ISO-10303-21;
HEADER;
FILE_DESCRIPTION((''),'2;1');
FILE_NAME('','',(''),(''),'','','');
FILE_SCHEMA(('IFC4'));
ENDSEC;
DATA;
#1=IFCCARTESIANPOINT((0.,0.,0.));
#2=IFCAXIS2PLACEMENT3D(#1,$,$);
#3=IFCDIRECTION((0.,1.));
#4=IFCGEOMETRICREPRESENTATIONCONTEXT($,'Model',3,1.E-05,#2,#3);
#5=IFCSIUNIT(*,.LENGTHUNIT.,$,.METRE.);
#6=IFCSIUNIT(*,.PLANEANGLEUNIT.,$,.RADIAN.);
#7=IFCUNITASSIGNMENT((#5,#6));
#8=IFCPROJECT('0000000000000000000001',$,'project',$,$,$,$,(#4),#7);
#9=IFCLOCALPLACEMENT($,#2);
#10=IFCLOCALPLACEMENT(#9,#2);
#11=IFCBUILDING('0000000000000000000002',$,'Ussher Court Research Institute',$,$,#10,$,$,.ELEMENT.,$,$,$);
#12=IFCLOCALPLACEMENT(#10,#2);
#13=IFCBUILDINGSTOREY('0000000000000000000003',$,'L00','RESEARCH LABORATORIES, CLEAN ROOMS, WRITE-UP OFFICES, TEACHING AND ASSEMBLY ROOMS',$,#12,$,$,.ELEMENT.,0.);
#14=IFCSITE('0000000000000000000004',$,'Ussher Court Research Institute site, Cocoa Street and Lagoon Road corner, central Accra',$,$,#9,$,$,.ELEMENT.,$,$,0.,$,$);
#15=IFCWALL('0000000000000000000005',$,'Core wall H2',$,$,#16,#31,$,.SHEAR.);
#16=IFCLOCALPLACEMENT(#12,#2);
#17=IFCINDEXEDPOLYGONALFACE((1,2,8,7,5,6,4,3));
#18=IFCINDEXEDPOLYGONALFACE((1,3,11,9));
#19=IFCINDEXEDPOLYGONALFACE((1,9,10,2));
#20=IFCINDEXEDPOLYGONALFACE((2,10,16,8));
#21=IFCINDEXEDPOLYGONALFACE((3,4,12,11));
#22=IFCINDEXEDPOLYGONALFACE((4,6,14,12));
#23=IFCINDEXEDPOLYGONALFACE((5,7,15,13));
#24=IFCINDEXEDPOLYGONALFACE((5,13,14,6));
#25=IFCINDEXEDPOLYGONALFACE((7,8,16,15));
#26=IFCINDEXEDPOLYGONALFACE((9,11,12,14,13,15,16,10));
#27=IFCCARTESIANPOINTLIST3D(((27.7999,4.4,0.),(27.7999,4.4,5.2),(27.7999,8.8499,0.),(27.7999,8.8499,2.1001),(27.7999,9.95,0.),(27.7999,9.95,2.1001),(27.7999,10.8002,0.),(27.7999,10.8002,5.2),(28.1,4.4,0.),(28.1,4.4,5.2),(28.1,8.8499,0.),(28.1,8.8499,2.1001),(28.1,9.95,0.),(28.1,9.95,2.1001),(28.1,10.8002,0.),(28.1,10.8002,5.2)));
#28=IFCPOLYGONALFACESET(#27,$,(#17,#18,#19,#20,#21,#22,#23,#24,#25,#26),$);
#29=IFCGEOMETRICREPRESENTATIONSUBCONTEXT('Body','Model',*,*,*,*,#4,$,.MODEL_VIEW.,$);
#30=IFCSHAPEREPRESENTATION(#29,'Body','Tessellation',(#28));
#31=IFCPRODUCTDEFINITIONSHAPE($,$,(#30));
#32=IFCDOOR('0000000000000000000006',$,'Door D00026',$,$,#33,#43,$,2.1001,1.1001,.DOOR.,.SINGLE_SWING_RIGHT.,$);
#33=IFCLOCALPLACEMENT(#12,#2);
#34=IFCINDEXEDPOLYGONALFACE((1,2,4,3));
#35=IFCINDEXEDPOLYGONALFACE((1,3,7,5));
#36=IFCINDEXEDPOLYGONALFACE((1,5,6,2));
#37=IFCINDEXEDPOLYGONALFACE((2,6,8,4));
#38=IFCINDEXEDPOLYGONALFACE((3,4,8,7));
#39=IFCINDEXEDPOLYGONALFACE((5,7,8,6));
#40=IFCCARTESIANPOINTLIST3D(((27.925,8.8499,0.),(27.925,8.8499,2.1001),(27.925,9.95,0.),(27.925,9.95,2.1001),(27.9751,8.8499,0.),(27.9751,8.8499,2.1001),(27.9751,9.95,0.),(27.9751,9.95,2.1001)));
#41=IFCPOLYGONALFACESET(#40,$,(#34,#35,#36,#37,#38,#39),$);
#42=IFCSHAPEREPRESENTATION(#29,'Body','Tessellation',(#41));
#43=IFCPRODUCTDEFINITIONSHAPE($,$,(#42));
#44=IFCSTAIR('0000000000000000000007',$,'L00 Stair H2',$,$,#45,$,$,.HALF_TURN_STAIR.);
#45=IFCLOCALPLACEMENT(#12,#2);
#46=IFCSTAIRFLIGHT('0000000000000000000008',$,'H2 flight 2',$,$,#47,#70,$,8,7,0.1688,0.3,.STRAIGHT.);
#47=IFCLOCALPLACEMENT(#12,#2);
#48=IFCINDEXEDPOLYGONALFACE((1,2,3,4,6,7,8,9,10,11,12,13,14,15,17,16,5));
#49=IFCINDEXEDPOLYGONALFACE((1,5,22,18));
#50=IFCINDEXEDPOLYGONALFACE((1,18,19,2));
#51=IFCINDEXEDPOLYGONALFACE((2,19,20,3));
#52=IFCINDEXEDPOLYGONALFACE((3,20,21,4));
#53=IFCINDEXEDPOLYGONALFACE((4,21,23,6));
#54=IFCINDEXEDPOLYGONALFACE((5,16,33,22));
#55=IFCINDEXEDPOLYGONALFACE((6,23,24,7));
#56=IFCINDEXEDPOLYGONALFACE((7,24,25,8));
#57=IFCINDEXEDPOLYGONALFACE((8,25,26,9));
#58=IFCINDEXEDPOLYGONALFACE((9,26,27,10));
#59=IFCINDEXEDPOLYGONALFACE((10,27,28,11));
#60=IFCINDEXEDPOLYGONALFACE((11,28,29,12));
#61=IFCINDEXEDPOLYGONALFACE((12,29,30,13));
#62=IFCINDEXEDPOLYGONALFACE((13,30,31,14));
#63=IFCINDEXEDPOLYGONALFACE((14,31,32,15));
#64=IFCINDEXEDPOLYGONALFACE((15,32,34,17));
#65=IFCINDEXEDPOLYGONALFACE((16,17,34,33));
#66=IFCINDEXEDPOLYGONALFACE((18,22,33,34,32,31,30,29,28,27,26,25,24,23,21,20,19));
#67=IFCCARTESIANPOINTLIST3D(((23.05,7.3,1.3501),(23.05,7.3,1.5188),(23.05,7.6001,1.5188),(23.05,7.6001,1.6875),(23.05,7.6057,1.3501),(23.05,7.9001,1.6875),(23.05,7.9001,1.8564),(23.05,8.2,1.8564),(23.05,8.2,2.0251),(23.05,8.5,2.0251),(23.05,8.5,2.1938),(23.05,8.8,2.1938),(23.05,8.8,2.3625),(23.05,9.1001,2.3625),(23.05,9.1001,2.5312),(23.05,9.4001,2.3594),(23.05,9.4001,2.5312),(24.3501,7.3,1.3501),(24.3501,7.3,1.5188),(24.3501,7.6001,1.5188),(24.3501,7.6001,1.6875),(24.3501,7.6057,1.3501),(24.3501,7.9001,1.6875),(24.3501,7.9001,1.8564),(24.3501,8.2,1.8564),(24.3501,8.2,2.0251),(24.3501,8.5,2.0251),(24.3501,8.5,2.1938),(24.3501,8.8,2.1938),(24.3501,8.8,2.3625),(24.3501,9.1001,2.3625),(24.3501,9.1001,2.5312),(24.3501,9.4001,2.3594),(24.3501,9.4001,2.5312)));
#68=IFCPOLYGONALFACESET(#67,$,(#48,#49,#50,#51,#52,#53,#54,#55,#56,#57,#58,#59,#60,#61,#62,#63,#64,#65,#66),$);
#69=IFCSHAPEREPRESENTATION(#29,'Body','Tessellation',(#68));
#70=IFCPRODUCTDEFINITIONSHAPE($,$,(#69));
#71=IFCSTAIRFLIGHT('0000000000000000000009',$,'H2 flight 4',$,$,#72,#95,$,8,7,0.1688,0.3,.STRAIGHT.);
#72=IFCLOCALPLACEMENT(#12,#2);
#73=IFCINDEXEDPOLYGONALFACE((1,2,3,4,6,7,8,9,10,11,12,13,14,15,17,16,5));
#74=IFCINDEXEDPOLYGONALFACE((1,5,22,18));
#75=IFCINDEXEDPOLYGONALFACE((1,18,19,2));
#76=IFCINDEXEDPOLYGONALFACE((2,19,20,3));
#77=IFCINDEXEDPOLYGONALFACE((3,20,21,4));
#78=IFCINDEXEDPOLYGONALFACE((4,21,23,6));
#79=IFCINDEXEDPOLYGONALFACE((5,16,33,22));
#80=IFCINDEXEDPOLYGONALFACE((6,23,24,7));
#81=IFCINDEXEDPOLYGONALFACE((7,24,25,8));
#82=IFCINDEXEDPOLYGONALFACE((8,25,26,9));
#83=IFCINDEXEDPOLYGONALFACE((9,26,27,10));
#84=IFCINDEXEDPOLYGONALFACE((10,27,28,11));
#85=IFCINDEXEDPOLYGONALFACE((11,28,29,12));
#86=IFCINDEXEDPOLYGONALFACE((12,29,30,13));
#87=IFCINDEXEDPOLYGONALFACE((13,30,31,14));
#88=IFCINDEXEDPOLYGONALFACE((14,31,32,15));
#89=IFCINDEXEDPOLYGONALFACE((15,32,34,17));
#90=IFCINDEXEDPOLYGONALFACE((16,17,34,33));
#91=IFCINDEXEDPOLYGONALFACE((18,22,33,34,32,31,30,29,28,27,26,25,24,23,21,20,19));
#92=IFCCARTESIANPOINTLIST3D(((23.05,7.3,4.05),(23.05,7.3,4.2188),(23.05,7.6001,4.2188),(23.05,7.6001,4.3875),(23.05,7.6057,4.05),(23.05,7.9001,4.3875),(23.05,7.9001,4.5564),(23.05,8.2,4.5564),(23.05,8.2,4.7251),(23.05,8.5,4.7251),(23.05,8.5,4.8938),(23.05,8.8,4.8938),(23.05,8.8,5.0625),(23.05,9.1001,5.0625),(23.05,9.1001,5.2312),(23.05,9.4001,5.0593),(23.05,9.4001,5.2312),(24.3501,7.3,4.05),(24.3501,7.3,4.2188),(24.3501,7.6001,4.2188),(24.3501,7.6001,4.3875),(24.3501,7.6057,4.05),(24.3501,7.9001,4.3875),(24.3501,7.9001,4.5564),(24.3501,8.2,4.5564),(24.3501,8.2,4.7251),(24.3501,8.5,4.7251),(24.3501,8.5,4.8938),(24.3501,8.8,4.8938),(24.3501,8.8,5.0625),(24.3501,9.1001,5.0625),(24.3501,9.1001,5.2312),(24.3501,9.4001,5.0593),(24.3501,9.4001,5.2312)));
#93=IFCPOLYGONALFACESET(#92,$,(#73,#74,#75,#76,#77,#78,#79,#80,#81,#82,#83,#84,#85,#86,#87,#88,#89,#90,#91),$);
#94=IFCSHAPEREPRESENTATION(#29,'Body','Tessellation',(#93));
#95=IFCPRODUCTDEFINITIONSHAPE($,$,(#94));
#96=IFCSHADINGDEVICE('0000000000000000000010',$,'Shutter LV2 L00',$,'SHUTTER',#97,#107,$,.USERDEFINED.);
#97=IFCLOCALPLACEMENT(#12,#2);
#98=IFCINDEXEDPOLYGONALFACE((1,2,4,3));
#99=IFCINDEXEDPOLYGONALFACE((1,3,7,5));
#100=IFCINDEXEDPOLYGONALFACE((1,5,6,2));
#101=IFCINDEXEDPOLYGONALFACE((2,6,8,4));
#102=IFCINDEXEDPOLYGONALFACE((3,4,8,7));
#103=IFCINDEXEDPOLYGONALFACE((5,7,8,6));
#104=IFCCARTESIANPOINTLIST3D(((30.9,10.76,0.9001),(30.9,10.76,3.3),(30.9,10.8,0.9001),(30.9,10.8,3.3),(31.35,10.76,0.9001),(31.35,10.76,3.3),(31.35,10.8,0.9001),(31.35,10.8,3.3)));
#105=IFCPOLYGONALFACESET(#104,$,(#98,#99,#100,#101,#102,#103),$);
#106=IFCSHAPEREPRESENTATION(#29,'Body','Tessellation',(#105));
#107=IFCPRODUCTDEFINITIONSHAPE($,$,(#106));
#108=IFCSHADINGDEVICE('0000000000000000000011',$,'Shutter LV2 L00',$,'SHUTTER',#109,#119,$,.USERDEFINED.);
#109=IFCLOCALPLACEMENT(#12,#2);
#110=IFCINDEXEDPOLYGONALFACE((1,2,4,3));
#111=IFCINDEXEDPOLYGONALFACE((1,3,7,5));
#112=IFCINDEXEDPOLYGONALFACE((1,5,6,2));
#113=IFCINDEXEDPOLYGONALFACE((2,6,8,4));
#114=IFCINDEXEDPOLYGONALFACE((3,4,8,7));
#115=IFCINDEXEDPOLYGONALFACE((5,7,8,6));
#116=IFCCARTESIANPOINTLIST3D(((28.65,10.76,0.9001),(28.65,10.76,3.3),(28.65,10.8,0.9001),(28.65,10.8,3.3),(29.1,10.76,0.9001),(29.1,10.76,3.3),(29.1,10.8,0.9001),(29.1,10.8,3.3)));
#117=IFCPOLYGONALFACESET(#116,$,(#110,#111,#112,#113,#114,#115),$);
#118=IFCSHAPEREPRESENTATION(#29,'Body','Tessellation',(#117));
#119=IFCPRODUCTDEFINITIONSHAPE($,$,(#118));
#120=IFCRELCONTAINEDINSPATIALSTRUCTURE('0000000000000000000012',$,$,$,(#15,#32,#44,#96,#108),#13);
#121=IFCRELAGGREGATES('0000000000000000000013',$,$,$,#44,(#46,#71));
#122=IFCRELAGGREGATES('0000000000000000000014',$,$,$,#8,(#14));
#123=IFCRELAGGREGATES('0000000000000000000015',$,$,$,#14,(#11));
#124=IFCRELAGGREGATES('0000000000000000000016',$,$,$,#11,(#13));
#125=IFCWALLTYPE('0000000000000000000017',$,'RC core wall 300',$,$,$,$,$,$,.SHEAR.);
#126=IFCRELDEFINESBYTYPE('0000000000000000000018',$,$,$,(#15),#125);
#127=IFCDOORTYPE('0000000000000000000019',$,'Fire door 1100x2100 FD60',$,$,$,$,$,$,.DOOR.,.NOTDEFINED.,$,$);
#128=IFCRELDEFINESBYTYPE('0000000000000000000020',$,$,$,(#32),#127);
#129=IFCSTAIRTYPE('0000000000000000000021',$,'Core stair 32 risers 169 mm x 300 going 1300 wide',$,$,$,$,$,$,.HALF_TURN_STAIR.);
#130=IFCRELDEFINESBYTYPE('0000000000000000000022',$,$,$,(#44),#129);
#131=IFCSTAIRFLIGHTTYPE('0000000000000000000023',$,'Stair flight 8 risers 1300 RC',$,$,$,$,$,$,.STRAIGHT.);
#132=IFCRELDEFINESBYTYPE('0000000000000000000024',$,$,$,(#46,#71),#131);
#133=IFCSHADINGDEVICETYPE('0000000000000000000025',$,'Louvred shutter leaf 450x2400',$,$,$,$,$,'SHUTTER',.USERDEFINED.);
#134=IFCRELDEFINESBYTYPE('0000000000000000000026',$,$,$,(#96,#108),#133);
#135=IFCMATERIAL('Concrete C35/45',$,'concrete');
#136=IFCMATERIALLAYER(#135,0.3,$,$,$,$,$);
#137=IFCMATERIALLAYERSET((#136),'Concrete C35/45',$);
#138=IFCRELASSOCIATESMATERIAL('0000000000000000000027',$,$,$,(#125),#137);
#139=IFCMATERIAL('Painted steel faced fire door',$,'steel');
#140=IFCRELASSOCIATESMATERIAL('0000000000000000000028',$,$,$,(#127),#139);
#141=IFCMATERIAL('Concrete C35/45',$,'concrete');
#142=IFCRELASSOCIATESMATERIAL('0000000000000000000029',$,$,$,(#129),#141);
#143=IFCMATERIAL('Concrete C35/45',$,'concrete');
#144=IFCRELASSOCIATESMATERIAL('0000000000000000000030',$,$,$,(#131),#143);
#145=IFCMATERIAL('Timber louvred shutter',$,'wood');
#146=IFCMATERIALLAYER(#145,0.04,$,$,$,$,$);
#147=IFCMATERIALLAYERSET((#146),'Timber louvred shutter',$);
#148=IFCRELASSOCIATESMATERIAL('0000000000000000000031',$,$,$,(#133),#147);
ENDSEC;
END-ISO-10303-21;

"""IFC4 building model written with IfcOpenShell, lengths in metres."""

from ifc_helpers import new_model, si_unit, direction, frame, frame_2d, origin, origin_2d, place, context, subcontext, project, spatial, polyline, rectangle, outline, extrude, material, layer, layer_set, type_object, element, fill, aggregate, save


model = new_model("IFC4")

# Units and contexts
model_context = context("Model", 3, precision=1e-05, world=origin(), true_north=direction((0.0, 1.0)))
body_context = subcontext(model_context, "Body", "Model", "MODEL_VIEW")
ifc_project = project(units=[si_unit("LENGTHUNIT", "METRE"), si_unit("PLANEANGLEUNIT", "RADIAN")], contexts=[model_context])

# Site, building, storey
site_placement = place(None, origin())
site = spatial("IfcSite", under=ifc_project, at=site_placement, Name="Ussher Court Research Institute site, Cocoa Street and Lagoon Road corner, central Accra", CompositionType="ELEMENT", RefElevation=0.0)
building_placement = place(site_placement, origin())
building = spatial("IfcBuilding", under=site, at=building_placement, Name="Ussher Court Research Institute", CompositionType="ELEMENT")
storey_placement = place(building_placement, origin())
storey = spatial("IfcBuildingStorey", under=building, at=storey_placement, Name="L00", Description="RESEARCH LABORATORIES, CLEAN ROOMS, WRITE-UP OFFICES, TEACHING AND ASSEMBLY ROOMS", CompositionType="ELEMENT", Elevation=0.0)

# Shared definitions
ifc_material_1 = material(Name="Concrete C35/45", Category="concrete")
ifc_layer_1 = layer(ifc_material_1, 0.3)
ifc_layer_set_1 = layer_set([ifc_layer_1], Name="Concrete C35/45")
wall_type_1 = type_object("IfcWallType", Name="RC core wall 300", PredefinedType="SHEAR", material=ifc_layer_set_1)

# Wall, opening, door
wall_1_placement = place(storey_placement, frame((27.95, 4.3999, 0.0), z_axis=(0.0, 0.0, 1.0), x_axis=(0.0, 1.0, 0.0)))
wall_1 = element("IfcWall", 1, at=wall_1_placement, inside=storey, type_object=wall_type_1, Name="Core wall H2", PredefinedType="SHEAR", context=body_context, shape_type="SweptSolid", body=[
    extrude(rectangle(XDim=6.4001, YDim=0.3, at=frame_2d((3.2002, 0.0))), origin(), (0.0, 0.0, 1.0), 5.2),
])
opening_1_placement = place(wall_1_placement, frame((4.45, 0.0, 0.0)))
opening_1 = element("IfcOpeningElement", 2, at=opening_1_placement, cuts=wall_1, PredefinedType="OPENING", context=body_context, shape_type="SweptSolid", body=[
    extrude(rectangle(XDim=1.1001, YDim=2.1001, at=frame_2d((0.55, 1.05))), frame((0.0, 0.1602, 0.0), z_axis=(0.0, -1.0, 0.0), x_axis=(1.0, 0.0, 0.0)), (0.0, 0.0, 1.0), 0.3201),
])
ifc_material_2 = material(Name="Painted steel faced fire door", Category="steel")
door_type_1 = type_object("IfcDoorType", Name="Fire door 1100x2100 FD60", OperationType="NOTDEFINED", PredefinedType="DOOR", material=ifc_material_2)
door_1_placement = place(opening_1_placement, origin())
door_1 = element("IfcDoor", 3, at=door_1_placement, inside=storey, type_object=door_type_1, Name="Door D00026", OperationType="SINGLE_SWING_RIGHT", OverallHeight=2.1001, OverallWidth=1.1001, PredefinedType="DOOR", context=body_context, shape_type="SweptSolid", body=[
    extrude(rectangle(XDim=1.1001, YDim=2.1001, at=frame_2d((0.55, 1.05))), frame((0.0, 0.0249, 0.0), z_axis=(0.0, -1.0, 0.0), x_axis=(1.0, 0.0, 0.0)), (0.0, 0.0, 1.0), 0.05),
])
fill(opening_1, door_1)

# Stair, stair flights
ifc_material_3 = material(Name="Concrete C35/45", Category="concrete")
stair_type = type_object("IfcStairType", Name="Core stair 32 risers 169 mm x 300 going 1300 wide", PredefinedType="HALF_TURN_STAIR", material=ifc_material_3)
stair_placement = place(storey_placement, origin())
stair = element("IfcStair", 4, at=stair_placement, inside=storey, type_object=stair_type, Name="L00 Stair H2", PredefinedType="HALF_TURN_STAIR")
ifc_material_4 = material(Name="Concrete C35/45", Category="concrete")
stair_flight_type = type_object("IfcStairFlightType", Name="Stair flight 8 risers 1300 RC", PredefinedType="STRAIGHT", material=ifc_material_4)
stair_flight_1_placement = place(storey_placement, frame((23.7, 7.3, 1.3501), z_axis=(0.0, 0.0, 1.0), x_axis=(0.0, 1.0, 0.0)))
stair_flight_1 = element("IfcStairFlight", 5, at=stair_flight_1_placement, type_object=stair_flight_type, Name="H2 flight 2", NumberOfRisers=8, NumberOfTreads=7, PredefinedType="STRAIGHT", RiserHeight=0.1688, TreadLength=0.3, context=body_context, shape_type="SweptSolid", body=[
    extrude(outline(polyline([(0.0, 0.0), (0.0, 0.1687), (0.3, 0.1687), (0.3, 0.3374), (0.6001, 0.3374), (0.6001, 0.5063), (0.8999, 0.5063), (0.8999, 0.675), (1.2, 0.675), (1.2, 0.8438), (1.5, 0.8438), (1.5, 1.0125), (1.8, 1.0125), (1.8, 1.1812), (2.1001, 1.1812), (2.1001, 1.3501), (2.1001, 1.0093), (0.3057, 0.0), (0.0, 0.0)])), frame((0.0, 0.6499, 0.0), z_axis=(0.0, -1.0, 0.0), x_axis=(1.0, 0.0, 0.0)), (0.0, 0.0, 1.0), 1.3),
])
stair_flight_2_placement = place(storey_placement, frame((23.7, 7.3, 4.05), z_axis=(0.0, 0.0, 1.0), x_axis=(0.0, 1.0, 0.0)))
stair_flight_2 = element("IfcStairFlight", 6, at=stair_flight_2_placement, type_object=stair_flight_type, Name="H2 flight 4", NumberOfRisers=8, NumberOfTreads=7, PredefinedType="STRAIGHT", RiserHeight=0.1688, TreadLength=0.3, context=body_context, shape_type="SweptSolid", body=[
    extrude(outline(polyline([(0.0, 0.0), (0.0, 0.1687), (0.3, 0.1687), (0.3, 0.3374), (0.6001, 0.3374), (0.6001, 0.5063), (0.8999, 0.5063), (0.8999, 0.675), (1.2, 0.675), (1.2, 0.8438), (1.5, 0.8438), (1.5, 1.0125), (1.8, 1.0125), (1.8, 1.1812), (2.1001, 1.1812), (2.1001, 1.3501), (2.1001, 1.0093), (0.3057, 0.0), (0.0, 0.0)])), frame((0.0, 0.6499, 0.0), z_axis=(0.0, -1.0, 0.0), x_axis=(1.0, 0.0, 0.0)), (0.0, 0.0, 1.0), 1.3),
])
aggregate(stair, [stair_flight_1, stair_flight_2])

# Shading devices
ifc_material_5 = material(Name="Timber louvred shutter", Category="wood")
ifc_layer_2 = layer(ifc_material_5, 0.04)
ifc_layer_set_2 = layer_set([ifc_layer_2], Name="Timber louvred shutter")
shading_device_type = type_object("IfcShadingDeviceType", Name="Louvred shutter leaf 450x2400", ElementType="SHUTTER", PredefinedType="USERDEFINED", material=ifc_layer_set_2)
for number, where, z_axis, x_axis, name in (
    (7, (31.125, 10.78, 0.9001), (0.0, 0.0, 1.0), (-1.0, 0.0, 0.0), "Shutter LV2 L00"),
    (8, (28.875, 10.78, 0.9001), (0.0, 0.0, 1.0), (-1.0, 0.0, 0.0), "Shutter LV2 L00"),
):
    element("IfcShadingDevice", number, at=place(storey_placement, frame(where, z_axis=z_axis, x_axis=x_axis)), inside=storey, type_object=shading_device_type, Name=name, ObjectType="SHUTTER", PredefinedType="USERDEFINED", context=body_context, shape_type="SweptSolid", body=[
        extrude(rectangle(XDim=0.45, YDim=0.04, at=origin_2d()), origin(), (0.0, 0.0, 1.0), 2.3999),
    ])

save(model, "model.ifc")
